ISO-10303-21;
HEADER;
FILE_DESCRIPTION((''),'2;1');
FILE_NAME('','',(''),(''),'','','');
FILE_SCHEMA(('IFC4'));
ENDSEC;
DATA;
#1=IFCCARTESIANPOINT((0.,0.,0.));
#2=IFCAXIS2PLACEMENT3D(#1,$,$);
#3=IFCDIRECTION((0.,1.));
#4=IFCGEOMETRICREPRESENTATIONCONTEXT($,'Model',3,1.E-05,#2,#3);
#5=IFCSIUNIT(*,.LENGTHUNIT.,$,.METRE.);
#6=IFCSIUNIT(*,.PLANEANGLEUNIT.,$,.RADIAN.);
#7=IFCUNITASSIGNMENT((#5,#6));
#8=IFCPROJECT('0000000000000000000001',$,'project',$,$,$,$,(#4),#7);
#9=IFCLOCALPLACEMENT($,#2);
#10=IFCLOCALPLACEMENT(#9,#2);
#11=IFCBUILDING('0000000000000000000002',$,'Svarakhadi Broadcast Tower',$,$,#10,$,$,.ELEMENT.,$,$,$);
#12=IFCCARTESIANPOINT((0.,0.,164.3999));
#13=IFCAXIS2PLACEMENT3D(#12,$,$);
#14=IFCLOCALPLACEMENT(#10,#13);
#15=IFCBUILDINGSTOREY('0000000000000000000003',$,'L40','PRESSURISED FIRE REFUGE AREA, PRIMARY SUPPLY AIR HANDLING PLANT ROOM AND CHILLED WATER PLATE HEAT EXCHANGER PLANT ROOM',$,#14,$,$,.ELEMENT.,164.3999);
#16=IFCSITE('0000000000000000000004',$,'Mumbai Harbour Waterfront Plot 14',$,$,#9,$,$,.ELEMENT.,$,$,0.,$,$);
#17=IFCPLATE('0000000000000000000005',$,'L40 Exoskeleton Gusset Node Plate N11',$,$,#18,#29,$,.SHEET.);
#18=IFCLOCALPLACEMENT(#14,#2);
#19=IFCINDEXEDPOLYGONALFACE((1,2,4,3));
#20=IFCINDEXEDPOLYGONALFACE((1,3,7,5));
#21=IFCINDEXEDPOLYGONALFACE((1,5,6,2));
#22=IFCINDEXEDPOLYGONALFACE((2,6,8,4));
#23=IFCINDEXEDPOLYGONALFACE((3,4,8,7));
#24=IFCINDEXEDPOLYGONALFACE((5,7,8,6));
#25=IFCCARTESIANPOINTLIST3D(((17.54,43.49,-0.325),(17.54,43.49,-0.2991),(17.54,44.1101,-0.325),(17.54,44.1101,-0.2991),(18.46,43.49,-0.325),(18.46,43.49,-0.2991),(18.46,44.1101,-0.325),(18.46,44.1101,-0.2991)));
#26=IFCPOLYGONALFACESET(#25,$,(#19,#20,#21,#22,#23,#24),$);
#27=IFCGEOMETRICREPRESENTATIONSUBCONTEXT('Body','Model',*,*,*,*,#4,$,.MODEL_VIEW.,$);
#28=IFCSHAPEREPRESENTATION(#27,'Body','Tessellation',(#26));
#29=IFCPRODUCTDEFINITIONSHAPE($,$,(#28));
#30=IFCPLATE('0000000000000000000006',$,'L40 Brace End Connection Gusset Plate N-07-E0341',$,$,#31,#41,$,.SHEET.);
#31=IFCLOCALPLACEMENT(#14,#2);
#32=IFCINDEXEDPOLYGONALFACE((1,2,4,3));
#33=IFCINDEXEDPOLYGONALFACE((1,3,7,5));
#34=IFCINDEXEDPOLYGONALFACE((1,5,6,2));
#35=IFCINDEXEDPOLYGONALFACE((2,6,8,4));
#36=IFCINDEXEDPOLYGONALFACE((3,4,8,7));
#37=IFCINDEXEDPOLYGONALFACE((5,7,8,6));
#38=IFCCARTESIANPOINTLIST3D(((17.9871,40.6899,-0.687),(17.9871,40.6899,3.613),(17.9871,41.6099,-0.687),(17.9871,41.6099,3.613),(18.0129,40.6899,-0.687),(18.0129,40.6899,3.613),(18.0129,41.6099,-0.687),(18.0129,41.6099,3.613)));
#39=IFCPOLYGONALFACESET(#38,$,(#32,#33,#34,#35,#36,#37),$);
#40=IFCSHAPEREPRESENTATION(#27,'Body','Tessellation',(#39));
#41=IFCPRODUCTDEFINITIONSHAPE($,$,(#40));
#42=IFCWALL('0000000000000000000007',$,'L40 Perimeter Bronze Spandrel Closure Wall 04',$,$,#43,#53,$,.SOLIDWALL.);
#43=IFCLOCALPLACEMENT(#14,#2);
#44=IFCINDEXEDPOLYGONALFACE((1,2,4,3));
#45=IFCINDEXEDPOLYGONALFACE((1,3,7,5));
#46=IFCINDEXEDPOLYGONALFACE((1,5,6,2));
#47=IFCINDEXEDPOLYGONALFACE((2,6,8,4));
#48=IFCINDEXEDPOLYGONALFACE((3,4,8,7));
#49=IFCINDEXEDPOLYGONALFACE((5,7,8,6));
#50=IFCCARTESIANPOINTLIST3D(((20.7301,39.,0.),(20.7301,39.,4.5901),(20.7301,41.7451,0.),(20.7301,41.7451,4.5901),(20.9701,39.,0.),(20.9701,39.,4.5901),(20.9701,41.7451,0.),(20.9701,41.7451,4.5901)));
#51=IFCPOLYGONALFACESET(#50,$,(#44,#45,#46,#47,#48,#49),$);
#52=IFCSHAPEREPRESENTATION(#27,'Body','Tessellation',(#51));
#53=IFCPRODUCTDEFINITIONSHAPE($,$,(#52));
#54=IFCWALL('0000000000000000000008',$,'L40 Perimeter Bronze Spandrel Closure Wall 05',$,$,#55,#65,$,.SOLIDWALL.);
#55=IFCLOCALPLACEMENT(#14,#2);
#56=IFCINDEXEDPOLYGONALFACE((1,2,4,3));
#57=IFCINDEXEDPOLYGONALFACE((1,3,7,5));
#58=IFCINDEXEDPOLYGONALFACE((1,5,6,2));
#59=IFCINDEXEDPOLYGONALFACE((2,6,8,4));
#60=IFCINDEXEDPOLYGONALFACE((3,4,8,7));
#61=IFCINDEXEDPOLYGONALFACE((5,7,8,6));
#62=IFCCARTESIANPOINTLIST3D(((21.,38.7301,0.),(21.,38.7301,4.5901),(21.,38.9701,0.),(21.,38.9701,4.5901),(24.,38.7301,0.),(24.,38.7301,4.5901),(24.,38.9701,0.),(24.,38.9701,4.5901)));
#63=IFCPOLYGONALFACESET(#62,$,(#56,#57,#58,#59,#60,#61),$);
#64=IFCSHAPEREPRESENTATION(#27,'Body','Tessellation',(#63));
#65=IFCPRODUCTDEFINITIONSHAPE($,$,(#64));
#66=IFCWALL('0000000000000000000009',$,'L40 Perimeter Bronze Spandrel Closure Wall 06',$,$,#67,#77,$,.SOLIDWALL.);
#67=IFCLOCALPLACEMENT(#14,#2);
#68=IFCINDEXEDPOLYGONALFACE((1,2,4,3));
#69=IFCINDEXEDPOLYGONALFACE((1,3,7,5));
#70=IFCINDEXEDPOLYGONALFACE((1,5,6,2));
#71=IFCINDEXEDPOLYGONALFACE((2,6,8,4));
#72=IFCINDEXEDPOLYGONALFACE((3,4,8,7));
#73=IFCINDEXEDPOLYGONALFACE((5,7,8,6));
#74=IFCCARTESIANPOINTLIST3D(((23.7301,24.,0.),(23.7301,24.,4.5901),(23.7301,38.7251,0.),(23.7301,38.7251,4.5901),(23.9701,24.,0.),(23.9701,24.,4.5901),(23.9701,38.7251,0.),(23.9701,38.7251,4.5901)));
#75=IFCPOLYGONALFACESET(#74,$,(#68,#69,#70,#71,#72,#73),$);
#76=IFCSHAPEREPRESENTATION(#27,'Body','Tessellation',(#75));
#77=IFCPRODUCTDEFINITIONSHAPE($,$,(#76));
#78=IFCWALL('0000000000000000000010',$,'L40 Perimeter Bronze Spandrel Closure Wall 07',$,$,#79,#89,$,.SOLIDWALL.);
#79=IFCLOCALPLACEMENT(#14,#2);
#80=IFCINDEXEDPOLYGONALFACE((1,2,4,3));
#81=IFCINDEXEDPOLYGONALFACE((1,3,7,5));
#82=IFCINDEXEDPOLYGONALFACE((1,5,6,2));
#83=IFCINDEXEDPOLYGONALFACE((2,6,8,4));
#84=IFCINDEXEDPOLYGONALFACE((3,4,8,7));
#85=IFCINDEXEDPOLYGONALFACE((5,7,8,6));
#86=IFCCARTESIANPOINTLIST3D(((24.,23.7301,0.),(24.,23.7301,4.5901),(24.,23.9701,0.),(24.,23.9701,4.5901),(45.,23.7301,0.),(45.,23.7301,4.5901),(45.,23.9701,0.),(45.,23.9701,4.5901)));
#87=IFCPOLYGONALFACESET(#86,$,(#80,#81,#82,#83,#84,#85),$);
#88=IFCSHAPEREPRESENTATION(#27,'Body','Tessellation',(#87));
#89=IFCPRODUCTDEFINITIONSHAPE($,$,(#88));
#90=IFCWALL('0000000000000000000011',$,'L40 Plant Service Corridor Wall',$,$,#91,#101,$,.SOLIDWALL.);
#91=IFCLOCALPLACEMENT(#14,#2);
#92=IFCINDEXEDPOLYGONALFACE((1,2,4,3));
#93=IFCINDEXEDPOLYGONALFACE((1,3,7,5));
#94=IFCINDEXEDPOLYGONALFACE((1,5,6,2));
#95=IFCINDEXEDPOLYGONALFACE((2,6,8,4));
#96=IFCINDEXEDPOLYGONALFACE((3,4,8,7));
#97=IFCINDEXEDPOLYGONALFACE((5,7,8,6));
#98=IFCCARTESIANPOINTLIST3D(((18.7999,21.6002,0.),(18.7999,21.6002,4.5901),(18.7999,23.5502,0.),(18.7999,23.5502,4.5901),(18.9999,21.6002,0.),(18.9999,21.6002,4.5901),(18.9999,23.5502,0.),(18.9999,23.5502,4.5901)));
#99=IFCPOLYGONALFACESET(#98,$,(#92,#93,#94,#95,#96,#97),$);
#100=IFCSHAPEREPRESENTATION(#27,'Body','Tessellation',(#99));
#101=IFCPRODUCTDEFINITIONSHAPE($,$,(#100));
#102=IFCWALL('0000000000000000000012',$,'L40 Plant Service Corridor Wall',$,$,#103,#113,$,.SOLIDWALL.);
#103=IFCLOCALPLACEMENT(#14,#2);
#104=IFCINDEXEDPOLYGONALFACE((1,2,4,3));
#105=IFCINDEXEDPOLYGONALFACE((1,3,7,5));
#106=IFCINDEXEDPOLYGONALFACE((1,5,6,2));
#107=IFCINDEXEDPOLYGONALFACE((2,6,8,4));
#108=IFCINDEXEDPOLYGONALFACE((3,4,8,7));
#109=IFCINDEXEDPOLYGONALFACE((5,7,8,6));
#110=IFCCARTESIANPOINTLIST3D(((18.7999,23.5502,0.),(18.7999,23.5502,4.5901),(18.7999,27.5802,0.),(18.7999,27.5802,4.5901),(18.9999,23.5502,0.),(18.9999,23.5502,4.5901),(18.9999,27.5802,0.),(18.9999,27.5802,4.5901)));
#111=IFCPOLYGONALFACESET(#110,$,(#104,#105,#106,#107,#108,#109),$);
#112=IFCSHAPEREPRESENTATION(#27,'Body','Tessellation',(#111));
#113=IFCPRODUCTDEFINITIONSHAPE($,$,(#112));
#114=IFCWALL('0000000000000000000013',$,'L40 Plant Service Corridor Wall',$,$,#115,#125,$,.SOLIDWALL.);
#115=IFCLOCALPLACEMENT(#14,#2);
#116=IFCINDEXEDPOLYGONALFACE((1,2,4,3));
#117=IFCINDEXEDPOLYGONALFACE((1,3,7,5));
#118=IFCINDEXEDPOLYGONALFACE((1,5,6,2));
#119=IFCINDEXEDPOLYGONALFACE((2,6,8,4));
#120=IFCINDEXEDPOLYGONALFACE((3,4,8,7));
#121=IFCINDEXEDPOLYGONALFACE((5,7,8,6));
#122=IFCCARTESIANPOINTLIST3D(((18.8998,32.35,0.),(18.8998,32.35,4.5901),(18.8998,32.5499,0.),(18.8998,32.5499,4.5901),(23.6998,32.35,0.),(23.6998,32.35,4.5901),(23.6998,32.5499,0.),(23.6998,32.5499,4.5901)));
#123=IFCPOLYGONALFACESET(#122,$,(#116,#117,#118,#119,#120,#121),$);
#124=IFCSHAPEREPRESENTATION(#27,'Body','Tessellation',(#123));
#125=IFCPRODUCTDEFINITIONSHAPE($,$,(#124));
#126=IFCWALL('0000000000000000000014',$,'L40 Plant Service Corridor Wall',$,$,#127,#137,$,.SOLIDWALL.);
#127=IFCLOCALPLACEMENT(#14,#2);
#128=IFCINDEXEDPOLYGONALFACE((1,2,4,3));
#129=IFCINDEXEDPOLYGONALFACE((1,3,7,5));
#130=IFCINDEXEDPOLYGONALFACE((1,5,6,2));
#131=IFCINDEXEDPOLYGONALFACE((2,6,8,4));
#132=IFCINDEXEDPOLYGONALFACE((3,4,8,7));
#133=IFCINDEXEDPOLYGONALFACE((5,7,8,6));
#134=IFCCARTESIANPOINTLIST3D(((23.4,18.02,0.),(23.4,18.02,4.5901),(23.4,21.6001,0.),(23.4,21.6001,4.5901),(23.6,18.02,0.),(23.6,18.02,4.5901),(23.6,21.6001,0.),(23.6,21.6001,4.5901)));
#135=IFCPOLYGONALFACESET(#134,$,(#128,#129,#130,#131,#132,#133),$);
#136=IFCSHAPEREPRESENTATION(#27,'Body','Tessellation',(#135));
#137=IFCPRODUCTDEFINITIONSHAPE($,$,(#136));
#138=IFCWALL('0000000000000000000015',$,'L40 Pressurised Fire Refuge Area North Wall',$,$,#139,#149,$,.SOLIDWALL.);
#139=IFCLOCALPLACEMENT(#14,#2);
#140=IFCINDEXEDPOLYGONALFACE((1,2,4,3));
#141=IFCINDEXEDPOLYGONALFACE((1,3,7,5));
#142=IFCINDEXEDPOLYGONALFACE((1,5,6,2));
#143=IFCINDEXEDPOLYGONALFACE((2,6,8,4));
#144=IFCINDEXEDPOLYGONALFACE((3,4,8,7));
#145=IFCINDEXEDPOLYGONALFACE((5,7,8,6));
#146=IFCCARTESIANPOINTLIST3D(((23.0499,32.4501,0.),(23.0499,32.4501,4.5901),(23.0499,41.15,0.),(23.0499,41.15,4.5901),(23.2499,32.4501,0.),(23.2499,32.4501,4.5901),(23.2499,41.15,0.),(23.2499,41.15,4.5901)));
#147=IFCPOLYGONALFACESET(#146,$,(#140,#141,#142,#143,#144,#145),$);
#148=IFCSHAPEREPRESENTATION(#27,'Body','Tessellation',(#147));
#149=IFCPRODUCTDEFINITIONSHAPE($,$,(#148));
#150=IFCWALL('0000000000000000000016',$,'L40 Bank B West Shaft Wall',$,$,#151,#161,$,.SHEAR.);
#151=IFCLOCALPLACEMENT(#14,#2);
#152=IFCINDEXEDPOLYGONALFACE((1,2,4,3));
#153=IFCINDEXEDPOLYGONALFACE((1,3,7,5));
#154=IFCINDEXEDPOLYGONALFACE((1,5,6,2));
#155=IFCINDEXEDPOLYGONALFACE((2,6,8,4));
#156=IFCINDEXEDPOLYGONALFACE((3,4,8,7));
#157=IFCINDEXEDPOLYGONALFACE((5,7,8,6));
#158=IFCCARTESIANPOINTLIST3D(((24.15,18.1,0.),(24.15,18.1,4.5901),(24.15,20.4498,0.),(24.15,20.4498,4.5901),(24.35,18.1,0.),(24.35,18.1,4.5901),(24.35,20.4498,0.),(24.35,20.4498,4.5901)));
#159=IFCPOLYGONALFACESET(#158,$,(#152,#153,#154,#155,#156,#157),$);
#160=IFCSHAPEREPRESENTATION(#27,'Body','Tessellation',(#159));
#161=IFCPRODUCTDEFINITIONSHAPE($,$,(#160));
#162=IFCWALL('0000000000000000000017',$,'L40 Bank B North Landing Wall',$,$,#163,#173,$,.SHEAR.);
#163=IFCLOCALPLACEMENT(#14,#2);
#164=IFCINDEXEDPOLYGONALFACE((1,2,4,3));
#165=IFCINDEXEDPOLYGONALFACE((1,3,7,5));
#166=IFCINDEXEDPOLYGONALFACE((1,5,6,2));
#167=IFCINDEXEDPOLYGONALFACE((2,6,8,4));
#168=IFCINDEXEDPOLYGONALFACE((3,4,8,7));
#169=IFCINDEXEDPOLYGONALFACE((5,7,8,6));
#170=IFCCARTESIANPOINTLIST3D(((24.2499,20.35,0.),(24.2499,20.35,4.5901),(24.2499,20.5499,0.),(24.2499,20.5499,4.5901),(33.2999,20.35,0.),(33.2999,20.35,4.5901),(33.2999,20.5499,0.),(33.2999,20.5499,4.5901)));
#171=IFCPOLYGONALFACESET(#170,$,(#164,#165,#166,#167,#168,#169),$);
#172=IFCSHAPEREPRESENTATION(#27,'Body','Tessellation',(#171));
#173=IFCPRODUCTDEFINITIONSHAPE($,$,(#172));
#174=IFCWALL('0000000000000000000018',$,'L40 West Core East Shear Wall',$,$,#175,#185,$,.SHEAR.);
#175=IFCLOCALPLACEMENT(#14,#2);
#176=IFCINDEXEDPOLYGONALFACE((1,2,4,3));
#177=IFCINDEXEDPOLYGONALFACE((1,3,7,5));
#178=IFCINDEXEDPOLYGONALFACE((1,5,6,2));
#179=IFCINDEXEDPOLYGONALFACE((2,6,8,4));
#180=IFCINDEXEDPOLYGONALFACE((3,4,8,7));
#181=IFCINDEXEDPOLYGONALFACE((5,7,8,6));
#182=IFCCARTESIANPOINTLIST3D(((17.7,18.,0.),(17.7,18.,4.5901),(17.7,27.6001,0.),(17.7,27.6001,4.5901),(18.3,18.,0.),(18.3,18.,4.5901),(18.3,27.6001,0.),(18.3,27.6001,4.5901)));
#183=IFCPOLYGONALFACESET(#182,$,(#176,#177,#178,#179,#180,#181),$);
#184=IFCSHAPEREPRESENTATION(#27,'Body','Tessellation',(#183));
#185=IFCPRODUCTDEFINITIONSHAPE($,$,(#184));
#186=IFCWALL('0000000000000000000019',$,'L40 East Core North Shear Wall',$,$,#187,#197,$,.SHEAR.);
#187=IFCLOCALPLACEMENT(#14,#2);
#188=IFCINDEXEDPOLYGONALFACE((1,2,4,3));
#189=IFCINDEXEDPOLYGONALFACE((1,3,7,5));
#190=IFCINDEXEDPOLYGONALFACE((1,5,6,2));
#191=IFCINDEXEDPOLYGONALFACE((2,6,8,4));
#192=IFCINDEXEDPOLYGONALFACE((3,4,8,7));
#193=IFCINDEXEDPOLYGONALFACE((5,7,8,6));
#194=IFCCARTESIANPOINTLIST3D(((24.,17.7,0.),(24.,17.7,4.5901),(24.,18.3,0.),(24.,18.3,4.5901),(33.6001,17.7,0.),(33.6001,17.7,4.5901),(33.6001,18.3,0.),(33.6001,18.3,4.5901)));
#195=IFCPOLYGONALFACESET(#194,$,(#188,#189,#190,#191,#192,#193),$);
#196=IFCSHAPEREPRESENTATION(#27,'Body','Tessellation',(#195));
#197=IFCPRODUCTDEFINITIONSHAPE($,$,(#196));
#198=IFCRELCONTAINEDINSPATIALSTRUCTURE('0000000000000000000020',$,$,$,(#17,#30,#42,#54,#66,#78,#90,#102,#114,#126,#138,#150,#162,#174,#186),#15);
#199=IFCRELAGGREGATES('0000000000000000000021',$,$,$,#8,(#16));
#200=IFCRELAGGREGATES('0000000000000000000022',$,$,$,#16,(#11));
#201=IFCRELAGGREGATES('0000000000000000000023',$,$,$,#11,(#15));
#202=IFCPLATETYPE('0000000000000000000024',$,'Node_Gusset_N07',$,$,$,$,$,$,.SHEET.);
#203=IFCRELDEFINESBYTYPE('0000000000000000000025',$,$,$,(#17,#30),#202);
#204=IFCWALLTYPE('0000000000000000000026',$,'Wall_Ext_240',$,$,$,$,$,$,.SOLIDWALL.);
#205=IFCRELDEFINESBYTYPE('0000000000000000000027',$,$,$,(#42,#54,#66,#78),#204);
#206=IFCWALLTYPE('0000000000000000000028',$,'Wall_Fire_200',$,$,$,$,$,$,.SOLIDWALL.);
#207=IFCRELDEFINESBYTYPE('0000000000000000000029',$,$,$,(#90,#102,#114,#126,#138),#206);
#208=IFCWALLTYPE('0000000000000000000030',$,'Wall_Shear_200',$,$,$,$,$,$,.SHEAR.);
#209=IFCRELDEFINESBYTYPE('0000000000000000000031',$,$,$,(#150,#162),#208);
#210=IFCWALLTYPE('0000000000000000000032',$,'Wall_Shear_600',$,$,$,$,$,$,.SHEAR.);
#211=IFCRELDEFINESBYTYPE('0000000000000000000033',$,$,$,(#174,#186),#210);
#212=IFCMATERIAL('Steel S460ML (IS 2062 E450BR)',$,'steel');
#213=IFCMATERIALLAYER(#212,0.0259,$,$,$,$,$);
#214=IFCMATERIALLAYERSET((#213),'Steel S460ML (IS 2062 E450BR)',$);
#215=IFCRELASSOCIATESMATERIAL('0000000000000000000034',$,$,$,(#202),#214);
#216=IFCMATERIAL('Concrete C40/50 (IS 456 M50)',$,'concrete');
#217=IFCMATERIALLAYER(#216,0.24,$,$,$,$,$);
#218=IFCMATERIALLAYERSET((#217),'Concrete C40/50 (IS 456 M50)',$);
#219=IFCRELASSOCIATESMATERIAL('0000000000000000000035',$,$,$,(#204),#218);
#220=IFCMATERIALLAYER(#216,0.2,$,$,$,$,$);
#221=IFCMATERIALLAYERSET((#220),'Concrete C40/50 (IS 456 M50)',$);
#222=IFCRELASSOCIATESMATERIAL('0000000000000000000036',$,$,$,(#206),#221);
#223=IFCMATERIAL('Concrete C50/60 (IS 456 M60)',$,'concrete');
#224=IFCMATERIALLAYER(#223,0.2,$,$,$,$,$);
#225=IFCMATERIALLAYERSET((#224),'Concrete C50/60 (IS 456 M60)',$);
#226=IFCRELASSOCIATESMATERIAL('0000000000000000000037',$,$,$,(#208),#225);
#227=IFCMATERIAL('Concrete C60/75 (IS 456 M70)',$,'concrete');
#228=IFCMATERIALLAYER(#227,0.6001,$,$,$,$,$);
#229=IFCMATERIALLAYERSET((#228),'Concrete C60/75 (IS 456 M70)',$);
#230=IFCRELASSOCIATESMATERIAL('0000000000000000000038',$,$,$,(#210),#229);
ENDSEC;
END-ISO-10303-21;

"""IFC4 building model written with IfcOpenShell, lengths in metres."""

from ifc_helpers import new_model, si_unit, direction, frame, frame_2d, origin, origin_2d, place, context, subcontext, project, spatial, rectangle, extrude, material, layer, layer_set, type_object, element, save


model = new_model("IFC4")

# Units and contexts
model_context = context("Model", 3, precision=1e-05, world=origin(), true_north=direction((0.0, 1.0)))
body_context = subcontext(model_context, "Body", "Model", "MODEL_VIEW")
ifc_project = project(units=[si_unit("LENGTHUNIT", "METRE"), si_unit("PLANEANGLEUNIT", "RADIAN")], contexts=[model_context])

# Site, building, storey
site_placement = place(None, origin())
site = spatial("IfcSite", under=ifc_project, at=site_placement, Name="Mumbai Harbour Waterfront Plot 14", CompositionType="ELEMENT", RefElevation=0.0)
building_placement = place(site_placement, origin())
building = spatial("IfcBuilding", under=site, at=building_placement, Name="Svarakhadi Broadcast Tower", CompositionType="ELEMENT")
storey_placement = place(building_placement, frame((0.0, 0.0, 164.3999)))
storey = spatial("IfcBuildingStorey", under=building, at=storey_placement, Name="L40", Description="PRESSURISED FIRE REFUGE AREA, PRIMARY SUPPLY AIR HANDLING PLANT ROOM AND CHILLED WATER PLATE HEAT EXCHANGER PLANT ROOM", CompositionType="ELEMENT", Elevation=164.3999)

# Shared definitions
ifc_material_1 = material(Name="Concrete C50/60 (IS 456 M60)", Category="concrete")
ifc_material_2 = material(Name="Steel S460ML (IS 2062 E450BR)", Category="steel")

# Plates
ifc_layer_1 = layer(ifc_material_2, 0.0259)
ifc_layer_set_1 = layer_set([ifc_layer_1], Name="Steel S460ML (IS 2062 E450BR)")
plate_type = type_object("IfcPlateType", Name="Node_Gusset_N07", PredefinedType="SHEET", material=ifc_layer_set_1)
plate_1_placement = place(storey_placement, frame((18.0, 43.8, -0.325), z_axis=(0.0, 0.0, 1.0), x_axis=(1.0, 0.0, 0.0)))
element("IfcPlate", 1, at=plate_1_placement, inside=storey, type_object=plate_type, Name="L40 Exoskeleton Gusset Node Plate N11", PredefinedType="SHEET", context=body_context, shape_type="SweptSolid", body=[
    extrude(rectangle(XDim=0.9199, YDim=0.6201, at=origin_2d()), origin(), (0.0, 0.0, 1.0), 0.0259),
])
plate_2_placement = place(storey_placement, frame((18.0, 41.1499, -0.687), z_axis=(0.0, 0.0, 1.0), x_axis=(0.0, 1.0, 0.0)))
element("IfcPlate", 2, at=plate_2_placement, inside=storey, type_object=plate_type, Name="L40 Brace End Connection Gusset Plate N-07-E0341", PredefinedType="SHEET", context=body_context, shape_type="SweptSolid", body=[
    extrude(rectangle(XDim=0.9199, YDim=0.0259, at=origin_2d()), origin(), (0.0, 0.0, 1.0), 4.3),
])

# Walls
ifc_material_3 = material(Name="Concrete C40/50 (IS 456 M50)", Category="concrete")
ifc_layer_2 = layer(ifc_material_3, 0.24)
ifc_layer_set_2 = layer_set([ifc_layer_2], Name="Concrete C40/50 (IS 456 M50)")
wall_type_1 = type_object("IfcWallType", Name="Wall_Ext_240", PredefinedType="SOLIDWALL", material=ifc_layer_set_2)
wall_1_placement = place(storey_placement, frame((20.8501, 41.7451, 0.0), z_axis=(0.0, 0.0, 1.0), x_axis=(0.0, -1.0, 0.0)))
element("IfcWall", 3, at=wall_1_placement, inside=storey, type_object=wall_type_1, Name="L40 Perimeter Bronze Spandrel Closure Wall 04", PredefinedType="SOLIDWALL", context=body_context, shape_type="SweptSolid", body=[
    extrude(rectangle(XDim=2.7451, YDim=0.24, at=frame_2d((1.3726, 0.0))), origin(), (0.0, 0.0, 1.0), 4.5901),
])
wall_2_placement = place(storey_placement, frame((21.0, 38.8501, 0.0), z_axis=(0.0, 0.0, 1.0), x_axis=(1.0, 0.0, 0.0)))
element("IfcWall", 4, at=wall_2_placement, inside=storey, type_object=wall_type_1, Name="L40 Perimeter Bronze Spandrel Closure Wall 05", PredefinedType="SOLIDWALL", context=body_context, shape_type="SweptSolid", body=[
    extrude(rectangle(XDim=3.0, YDim=0.24, at=frame_2d((1.5, 0.0))), origin(), (0.0, 0.0, 1.0), 4.5901),
])
wall_3_placement = place(storey_placement, frame((23.8501, 38.7251, 0.0), z_axis=(0.0, 0.0, 1.0), x_axis=(0.0, -1.0, 0.0)))
element("IfcWall", 5, at=wall_3_placement, inside=storey, type_object=wall_type_1, Name="L40 Perimeter Bronze Spandrel Closure Wall 06", PredefinedType="SOLIDWALL", context=body_context, shape_type="SweptSolid", body=[
    extrude(rectangle(XDim=14.7251, YDim=0.24, at=frame_2d((7.3625, 0.0))), origin(), (0.0, 0.0, 1.0), 4.5901),
])
wall_4_placement = place(storey_placement, frame((24.0, 23.8501, 0.0), z_axis=(0.0, 0.0, 1.0), x_axis=(1.0, 0.0, 0.0)))
element("IfcWall", 6, at=wall_4_placement, inside=storey, type_object=wall_type_1, Name="L40 Perimeter Bronze Spandrel Closure Wall 07", PredefinedType="SOLIDWALL", context=body_context, shape_type="SweptSolid", body=[
    extrude(rectangle(XDim=21.0, YDim=0.24, at=frame_2d((10.5, 0.0))), origin(), (0.0, 0.0, 1.0), 4.5901),
])
ifc_layer_3 = layer(ifc_material_3, 0.2)
ifc_layer_set_3 = layer_set([ifc_layer_3], Name="Concrete C40/50 (IS 456 M50)")
wall_type_2 = type_object("IfcWallType", Name="Wall_Fire_200", PredefinedType="SOLIDWALL", material=ifc_layer_set_3)
wall_5_placement = place(storey_placement, frame((18.8999, 21.6001, 0.0), z_axis=(0.0, 0.0, 1.0), x_axis=(0.0, 1.0, 0.0)))
element("IfcWall", 7, at=wall_5_placement, inside=storey, type_object=wall_type_2, Name="L40 Plant Service Corridor Wall", PredefinedType="SOLIDWALL", context=body_context, shape_type="SweptSolid", body=[
    extrude(rectangle(XDim=1.95, YDim=0.2, at=frame_2d((0.9751, 0.0))), origin(), (0.0, 0.0, 1.0), 4.5901),
])
wall_6_placement = place(storey_placement, frame((18.8999, 23.55, 0.0), z_axis=(0.0, 0.0, 1.0), x_axis=(0.0, 1.0, 0.0)))
element("IfcWall", 8, at=wall_6_placement, inside=storey, type_object=wall_type_2, Name="L40 Plant Service Corridor Wall", PredefinedType="SOLIDWALL", context=body_context, shape_type="SweptSolid", body=[
    extrude(rectangle(XDim=4.03, YDim=0.2, at=frame_2d((2.0151, 0.0))), origin(), (0.0, 0.0, 1.0), 4.5901),
])
wall_7_placement = place(storey_placement, frame((18.8999, 32.45, 0.0), z_axis=(0.0, 0.0, 1.0), x_axis=(1.0, 0.0, 0.0)))
element("IfcWall", 9, at=wall_7_placement, inside=storey, type_object=wall_type_2, Name="L40 Plant Service Corridor Wall", PredefinedType="SOLIDWALL", context=body_context, shape_type="SweptSolid", body=[
    extrude(rectangle(XDim=4.8, YDim=0.2, at=frame_2d((2.3999, 0.0))), origin(), (0.0, 0.0, 1.0), 4.5901),
])
wall_8_placement = place(storey_placement, frame((23.5, 21.6001, 0.0), z_axis=(0.0, 0.0, 1.0), x_axis=(0.0, -1.0, 0.0)))
element("IfcWall", 10, at=wall_8_placement, inside=storey, type_object=wall_type_2, Name="L40 Plant Service Corridor Wall", PredefinedType="SOLIDWALL", context=body_context, shape_type="SweptSolid", body=[
    extrude(rectangle(XDim=3.5801, YDim=0.2, at=frame_2d((1.79, 0.0))), origin(), (0.0, 0.0, 1.0), 4.5901),
])
wall_9_placement = place(storey_placement, frame((23.1499, 32.45, 0.0), z_axis=(0.0, 0.0, 1.0), x_axis=(0.0, 1.0, 0.0)))
element("IfcWall", 11, at=wall_9_placement, inside=storey, type_object=wall_type_2, Name="L40 Pressurised Fire Refuge Area North Wall", PredefinedType="SOLIDWALL", context=body_context, shape_type="SweptSolid", body=[
    extrude(rectangle(XDim=8.7, YDim=0.2, at=frame_2d((4.3501, 0.0))), origin(), (0.0, 0.0, 1.0), 4.5901),
])
ifc_layer_4 = layer(ifc_material_1, 0.2)
ifc_layer_set_4 = layer_set([ifc_layer_4], Name="Concrete C50/60 (IS 456 M60)")
wall_type_3 = type_object("IfcWallType", Name="Wall_Shear_200", PredefinedType="SHEAR", material=ifc_layer_set_4)
wall_10_placement = place(storey_placement, frame((24.25, 18.1001, 0.0), z_axis=(0.0, 0.0, 1.0), x_axis=(0.0, 1.0, 0.0)))
element("IfcWall", 12, at=wall_10_placement, inside=storey, type_object=wall_type_3, Name="L40 Bank B West Shaft Wall", PredefinedType="SHEAR", context=body_context, shape_type="SweptSolid", body=[
    extrude(rectangle(XDim=2.3499, YDim=0.2, at=frame_2d((1.1748, 0.0))), origin(), (0.0, 0.0, 1.0), 4.5901),
])
wall_11_placement = place(storey_placement, frame((24.25, 20.45, 0.0), z_axis=(0.0, 0.0, 1.0), x_axis=(1.0, 0.0, 0.0)))
element("IfcWall", 13, at=wall_11_placement, inside=storey, type_object=wall_type_3, Name="L40 Bank B North Landing Wall", PredefinedType="SHEAR", context=body_context, shape_type="SweptSolid", body=[
    extrude(rectangle(XDim=9.05, YDim=0.2, at=frame_2d((4.5249, 0.0))), origin(), (0.0, 0.0, 1.0), 4.5901),
])
ifc_material_4 = material(Name="Concrete C60/75 (IS 456 M70)", Category="concrete")
ifc_layer_5 = layer(ifc_material_4, 0.6001)
ifc_layer_set_5 = layer_set([ifc_layer_5], Name="Concrete C60/75 (IS 456 M70)")
wall_type_4 = type_object("IfcWallType", Name="Wall_Shear_600", PredefinedType="SHEAR", material=ifc_layer_set_5)
for number, where, z_axis, x_axis, name in (
    (14, (18.0, 18.0, 0.0), (0.0, 0.0, 1.0), (0.0, 1.0, 0.0), "L40 West Core East Shear Wall"),
    (15, (24.0, 18.0, 0.0), (0.0, 0.0, 1.0), (1.0, 0.0, 0.0), "L40 East Core North Shear Wall"),
):
    element("IfcWall", number, at=place(storey_placement, frame(where, z_axis=z_axis, x_axis=x_axis)), inside=storey, type_object=wall_type_4, Name=name, PredefinedType="SHEAR", context=body_context, shape_type="SweptSolid", body=[
        extrude(rectangle(XDim=9.6001, YDim=0.6001, at=frame_2d((4.8, 0.0))), origin(), (0.0, 0.0, 1.0), 4.5901),
    ])

save(model, "model.ifc")
